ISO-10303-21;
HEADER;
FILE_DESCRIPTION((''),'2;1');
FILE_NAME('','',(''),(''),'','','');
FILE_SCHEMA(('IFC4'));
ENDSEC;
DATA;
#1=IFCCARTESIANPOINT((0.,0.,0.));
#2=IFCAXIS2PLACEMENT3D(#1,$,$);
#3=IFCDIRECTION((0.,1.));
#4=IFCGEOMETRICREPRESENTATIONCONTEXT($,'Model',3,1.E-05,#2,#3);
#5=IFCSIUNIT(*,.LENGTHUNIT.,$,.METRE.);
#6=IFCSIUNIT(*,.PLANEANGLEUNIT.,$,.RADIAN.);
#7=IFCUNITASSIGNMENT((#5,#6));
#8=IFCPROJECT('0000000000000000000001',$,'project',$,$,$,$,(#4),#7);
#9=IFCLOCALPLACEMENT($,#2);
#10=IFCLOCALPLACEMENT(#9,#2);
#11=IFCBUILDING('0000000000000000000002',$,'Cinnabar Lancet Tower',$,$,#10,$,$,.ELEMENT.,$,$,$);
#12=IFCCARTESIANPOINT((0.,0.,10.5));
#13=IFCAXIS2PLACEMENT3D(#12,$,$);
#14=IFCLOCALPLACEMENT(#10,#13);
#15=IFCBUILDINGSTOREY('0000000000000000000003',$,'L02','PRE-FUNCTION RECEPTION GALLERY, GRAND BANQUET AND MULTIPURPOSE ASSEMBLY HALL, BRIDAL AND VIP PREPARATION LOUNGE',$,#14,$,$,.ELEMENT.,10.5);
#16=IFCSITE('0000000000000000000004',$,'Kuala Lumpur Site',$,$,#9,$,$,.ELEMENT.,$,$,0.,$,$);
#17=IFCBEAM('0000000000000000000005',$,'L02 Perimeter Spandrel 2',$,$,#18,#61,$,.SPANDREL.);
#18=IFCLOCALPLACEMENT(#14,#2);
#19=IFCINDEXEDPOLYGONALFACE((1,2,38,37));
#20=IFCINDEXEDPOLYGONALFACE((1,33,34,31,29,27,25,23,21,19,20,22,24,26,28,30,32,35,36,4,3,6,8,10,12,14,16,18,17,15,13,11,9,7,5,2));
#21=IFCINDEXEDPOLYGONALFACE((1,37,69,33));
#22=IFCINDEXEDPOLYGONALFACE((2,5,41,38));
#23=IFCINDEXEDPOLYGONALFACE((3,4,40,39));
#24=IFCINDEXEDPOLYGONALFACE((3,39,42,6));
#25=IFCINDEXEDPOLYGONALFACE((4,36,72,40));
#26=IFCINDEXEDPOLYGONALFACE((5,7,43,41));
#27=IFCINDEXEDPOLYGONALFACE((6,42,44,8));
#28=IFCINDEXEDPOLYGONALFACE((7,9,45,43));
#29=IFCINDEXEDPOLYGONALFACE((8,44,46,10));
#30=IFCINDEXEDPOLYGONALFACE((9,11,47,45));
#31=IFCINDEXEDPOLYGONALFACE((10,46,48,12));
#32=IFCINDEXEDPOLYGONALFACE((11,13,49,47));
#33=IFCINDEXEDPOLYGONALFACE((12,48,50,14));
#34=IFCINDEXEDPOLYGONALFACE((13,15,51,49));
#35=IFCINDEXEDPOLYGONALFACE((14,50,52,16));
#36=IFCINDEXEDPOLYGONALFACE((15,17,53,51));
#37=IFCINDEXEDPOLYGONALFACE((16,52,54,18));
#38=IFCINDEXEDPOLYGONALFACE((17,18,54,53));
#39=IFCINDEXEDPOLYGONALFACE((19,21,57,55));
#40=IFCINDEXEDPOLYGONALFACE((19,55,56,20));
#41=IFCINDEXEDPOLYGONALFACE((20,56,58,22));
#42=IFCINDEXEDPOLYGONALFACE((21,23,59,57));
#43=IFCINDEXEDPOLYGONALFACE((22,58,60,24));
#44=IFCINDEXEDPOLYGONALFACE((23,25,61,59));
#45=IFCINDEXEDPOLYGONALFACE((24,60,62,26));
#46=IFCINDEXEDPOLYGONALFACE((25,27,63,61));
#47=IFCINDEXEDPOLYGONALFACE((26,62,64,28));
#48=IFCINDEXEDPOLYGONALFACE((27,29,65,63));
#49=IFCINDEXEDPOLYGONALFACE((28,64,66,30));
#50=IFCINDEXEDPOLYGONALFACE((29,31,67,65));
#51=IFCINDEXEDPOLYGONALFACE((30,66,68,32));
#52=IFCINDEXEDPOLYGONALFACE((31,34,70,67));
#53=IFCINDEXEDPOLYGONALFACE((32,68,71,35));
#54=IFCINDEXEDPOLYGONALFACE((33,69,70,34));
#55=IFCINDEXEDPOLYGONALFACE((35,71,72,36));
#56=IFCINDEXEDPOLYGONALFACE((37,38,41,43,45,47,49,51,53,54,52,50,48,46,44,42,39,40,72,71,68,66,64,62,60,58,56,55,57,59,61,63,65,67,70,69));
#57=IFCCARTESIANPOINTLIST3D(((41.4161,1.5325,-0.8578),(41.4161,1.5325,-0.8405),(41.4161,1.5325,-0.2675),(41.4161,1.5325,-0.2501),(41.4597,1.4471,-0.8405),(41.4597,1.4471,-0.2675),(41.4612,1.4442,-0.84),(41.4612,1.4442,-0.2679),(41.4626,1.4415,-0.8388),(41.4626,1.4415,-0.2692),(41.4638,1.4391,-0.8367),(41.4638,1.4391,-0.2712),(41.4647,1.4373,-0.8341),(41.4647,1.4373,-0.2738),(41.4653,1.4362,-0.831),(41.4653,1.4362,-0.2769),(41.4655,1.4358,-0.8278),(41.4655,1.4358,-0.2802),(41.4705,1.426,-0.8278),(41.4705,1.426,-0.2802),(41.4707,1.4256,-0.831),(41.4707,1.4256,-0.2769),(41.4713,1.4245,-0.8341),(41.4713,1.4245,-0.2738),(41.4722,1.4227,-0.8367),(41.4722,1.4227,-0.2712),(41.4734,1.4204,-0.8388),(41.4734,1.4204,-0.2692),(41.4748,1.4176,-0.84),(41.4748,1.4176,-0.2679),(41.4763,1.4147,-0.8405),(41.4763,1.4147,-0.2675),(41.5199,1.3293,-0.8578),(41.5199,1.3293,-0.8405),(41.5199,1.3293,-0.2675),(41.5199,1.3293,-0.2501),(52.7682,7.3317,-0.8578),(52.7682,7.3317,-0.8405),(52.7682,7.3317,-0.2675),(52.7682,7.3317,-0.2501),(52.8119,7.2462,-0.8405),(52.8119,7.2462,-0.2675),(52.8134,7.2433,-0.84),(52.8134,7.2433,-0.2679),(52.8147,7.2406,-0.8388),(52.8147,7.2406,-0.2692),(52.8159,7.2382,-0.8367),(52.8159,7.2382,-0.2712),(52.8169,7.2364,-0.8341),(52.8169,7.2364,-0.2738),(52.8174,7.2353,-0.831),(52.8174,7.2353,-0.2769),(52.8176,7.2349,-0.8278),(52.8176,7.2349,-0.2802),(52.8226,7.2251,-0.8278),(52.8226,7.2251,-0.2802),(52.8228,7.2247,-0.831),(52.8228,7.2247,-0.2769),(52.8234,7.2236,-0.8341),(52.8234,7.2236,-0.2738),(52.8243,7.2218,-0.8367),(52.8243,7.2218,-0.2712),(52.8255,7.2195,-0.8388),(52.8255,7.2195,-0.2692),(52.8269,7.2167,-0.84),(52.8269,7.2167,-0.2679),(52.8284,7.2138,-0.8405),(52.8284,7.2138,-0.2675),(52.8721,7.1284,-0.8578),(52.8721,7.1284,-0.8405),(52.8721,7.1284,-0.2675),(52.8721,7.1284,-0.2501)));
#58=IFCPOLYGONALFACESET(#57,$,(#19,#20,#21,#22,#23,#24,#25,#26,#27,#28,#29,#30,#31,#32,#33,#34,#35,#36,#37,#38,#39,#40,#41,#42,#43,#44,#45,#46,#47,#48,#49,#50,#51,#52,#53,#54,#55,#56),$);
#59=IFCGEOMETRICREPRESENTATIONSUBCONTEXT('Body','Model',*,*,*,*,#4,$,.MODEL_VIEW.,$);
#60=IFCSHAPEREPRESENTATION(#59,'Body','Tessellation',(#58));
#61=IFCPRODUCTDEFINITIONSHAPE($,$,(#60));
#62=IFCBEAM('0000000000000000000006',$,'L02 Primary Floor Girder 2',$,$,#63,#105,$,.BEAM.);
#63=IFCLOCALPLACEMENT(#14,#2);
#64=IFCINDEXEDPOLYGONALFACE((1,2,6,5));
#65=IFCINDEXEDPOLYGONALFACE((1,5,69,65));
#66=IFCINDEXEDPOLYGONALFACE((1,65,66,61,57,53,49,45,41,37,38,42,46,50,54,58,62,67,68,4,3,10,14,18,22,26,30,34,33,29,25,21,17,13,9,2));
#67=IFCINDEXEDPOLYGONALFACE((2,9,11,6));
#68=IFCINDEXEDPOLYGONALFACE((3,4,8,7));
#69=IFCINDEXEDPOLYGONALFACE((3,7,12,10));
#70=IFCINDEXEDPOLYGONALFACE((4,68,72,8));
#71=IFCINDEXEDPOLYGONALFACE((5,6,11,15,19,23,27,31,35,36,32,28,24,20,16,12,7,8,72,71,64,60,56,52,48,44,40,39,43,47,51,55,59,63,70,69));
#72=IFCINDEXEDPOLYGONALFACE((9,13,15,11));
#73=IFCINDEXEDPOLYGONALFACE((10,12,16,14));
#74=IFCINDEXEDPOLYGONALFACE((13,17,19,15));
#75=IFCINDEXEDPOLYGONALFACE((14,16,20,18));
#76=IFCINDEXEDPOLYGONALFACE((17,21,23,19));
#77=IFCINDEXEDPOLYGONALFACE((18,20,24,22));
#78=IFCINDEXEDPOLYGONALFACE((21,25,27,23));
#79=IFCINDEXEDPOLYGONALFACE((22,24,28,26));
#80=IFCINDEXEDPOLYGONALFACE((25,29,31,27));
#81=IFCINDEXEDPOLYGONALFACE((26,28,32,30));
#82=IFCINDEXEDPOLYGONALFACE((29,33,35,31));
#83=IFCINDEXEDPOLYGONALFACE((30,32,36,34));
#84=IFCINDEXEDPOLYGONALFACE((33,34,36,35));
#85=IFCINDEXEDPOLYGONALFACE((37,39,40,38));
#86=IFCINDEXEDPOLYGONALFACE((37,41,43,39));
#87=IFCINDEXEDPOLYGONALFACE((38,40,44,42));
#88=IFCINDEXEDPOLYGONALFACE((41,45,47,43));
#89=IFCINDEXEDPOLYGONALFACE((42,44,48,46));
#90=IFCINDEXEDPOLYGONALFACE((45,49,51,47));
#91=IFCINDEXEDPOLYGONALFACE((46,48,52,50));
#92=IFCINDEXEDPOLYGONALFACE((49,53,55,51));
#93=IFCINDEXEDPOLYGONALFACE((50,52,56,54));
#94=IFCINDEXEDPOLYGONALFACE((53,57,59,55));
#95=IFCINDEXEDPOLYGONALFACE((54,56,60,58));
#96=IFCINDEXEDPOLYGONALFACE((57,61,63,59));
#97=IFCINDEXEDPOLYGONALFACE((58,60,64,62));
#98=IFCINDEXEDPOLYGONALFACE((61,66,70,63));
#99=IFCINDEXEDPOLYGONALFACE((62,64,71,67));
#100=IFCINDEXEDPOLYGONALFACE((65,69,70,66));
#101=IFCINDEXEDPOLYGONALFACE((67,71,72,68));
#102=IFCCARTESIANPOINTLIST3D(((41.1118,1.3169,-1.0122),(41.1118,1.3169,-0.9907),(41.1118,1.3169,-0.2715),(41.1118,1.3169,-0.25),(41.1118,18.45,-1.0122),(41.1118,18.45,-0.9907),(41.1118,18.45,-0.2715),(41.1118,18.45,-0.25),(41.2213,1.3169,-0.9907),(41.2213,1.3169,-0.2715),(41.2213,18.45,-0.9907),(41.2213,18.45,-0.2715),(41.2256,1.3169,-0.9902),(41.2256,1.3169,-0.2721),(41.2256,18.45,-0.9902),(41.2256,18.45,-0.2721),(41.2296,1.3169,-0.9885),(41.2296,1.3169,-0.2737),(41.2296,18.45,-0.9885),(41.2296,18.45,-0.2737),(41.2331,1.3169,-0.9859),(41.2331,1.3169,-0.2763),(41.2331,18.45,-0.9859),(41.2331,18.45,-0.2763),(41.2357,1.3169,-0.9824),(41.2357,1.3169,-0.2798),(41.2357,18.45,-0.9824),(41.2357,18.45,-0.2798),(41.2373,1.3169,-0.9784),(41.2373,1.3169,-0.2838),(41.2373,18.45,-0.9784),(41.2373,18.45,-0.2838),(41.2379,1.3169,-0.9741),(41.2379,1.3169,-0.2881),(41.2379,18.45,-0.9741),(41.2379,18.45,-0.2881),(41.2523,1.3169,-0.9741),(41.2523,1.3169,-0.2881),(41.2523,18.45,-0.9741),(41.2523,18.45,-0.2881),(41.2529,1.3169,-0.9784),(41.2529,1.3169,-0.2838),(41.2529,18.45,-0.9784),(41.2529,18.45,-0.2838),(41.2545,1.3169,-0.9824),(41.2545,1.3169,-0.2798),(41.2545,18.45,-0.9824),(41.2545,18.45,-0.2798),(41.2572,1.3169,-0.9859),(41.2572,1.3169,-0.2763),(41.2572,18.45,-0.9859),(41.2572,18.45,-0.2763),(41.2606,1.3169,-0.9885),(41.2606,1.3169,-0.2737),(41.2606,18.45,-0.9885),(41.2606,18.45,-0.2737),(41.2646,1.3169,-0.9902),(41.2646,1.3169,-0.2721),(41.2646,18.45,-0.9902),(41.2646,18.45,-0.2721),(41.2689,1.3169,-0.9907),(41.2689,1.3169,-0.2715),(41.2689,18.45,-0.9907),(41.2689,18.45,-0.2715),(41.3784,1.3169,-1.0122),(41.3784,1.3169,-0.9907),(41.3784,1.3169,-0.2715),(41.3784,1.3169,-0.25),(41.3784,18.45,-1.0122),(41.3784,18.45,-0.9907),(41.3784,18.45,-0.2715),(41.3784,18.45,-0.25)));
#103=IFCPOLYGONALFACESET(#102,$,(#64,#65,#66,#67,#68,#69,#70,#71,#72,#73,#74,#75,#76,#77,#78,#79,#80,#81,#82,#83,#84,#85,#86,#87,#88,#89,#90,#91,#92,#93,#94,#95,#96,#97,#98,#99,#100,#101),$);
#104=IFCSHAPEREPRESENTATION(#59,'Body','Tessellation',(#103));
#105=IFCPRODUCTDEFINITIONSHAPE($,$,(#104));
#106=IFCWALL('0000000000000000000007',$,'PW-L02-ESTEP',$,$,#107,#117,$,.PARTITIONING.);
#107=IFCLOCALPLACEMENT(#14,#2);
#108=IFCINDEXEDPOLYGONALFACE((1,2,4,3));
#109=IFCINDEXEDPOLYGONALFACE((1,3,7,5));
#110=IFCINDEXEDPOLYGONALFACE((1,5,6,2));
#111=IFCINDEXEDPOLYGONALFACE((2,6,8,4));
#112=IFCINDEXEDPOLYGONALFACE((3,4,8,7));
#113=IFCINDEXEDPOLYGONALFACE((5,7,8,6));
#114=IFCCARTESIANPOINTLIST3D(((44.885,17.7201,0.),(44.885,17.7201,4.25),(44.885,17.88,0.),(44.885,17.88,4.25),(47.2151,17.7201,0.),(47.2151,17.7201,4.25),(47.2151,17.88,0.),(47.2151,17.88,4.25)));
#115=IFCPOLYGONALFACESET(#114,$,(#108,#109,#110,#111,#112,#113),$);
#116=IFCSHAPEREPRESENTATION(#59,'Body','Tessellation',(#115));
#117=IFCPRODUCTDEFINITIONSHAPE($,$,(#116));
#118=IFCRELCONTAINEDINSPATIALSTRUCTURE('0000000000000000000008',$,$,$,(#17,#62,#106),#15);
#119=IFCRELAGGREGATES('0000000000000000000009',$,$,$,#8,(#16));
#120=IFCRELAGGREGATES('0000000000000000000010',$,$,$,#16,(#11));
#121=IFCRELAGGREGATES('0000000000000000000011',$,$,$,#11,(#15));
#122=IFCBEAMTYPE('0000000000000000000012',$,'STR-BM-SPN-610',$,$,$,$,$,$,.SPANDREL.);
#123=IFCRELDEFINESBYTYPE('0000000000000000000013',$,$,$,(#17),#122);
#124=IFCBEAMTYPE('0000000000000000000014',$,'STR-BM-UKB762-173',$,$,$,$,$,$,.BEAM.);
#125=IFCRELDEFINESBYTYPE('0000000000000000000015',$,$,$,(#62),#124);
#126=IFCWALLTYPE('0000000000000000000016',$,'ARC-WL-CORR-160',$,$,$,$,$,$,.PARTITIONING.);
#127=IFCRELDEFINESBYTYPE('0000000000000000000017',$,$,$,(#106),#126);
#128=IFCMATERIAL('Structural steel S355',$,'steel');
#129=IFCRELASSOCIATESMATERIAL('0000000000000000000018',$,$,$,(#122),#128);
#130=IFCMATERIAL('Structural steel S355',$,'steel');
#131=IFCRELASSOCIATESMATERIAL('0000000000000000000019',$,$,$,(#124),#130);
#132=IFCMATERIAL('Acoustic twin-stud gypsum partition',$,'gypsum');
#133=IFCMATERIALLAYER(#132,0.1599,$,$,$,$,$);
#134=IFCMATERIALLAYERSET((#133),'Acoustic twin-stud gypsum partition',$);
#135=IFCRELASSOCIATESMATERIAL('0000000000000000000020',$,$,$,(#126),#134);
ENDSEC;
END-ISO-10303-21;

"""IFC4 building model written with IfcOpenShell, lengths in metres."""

from ifc_helpers import new_model, si_unit, direction, frame, frame_2d, origin, origin_2d, place, context, subcontext, project, spatial, rectangle, i_section, extrude, material, layer, layer_set, material_profile, profile_set, type_object, element, save


model = new_model("IFC4")

# Units and contexts
model_context = context("Model", 3, precision=1e-05, world=origin(), true_north=direction((0.0, 1.0)))
body_context = subcontext(model_context, "Body", "Model", "MODEL_VIEW")
ifc_project = project(units=[si_unit("LENGTHUNIT", "METRE"), si_unit("PLANEANGLEUNIT", "RADIAN")], contexts=[model_context])

# Site, building, storey
site_placement = place(None, origin())
site = spatial("IfcSite", under=ifc_project, at=site_placement, Name="Kuala Lumpur Site", CompositionType="ELEMENT", RefElevation=0.0)
building_placement = place(site_placement, origin())
building = spatial("IfcBuilding", under=site, at=building_placement, Name="Cinnabar Lancet Tower", CompositionType="ELEMENT")
storey_placement = place(building_placement, frame((0.0, 0.0, 10.5)))
storey = spatial("IfcBuildingStorey", under=building, at=storey_placement, Name="L02", Description="PRE-FUNCTION RECEPTION GALLERY, GRAND BANQUET AND MULTIPURPOSE ASSEMBLY HALL, BRIDAL AND VIP PREPARATION LOUNGE", CompositionType="ELEMENT", Elevation=10.5)

# Beams
ifc_material_1 = material(Name="Structural steel S355", Category="steel")
ifc_material_profile_1 = material_profile(ifc_material_1, i_section(OverallWidth=0.2283, OverallDepth=0.6077, WebThickness=0.011, FlangeThickness=0.0173, FilletRadius=0.0127, at=origin_2d()), Name="UKB 610x229x113")
ifc_profile_set_1 = profile_set([ifc_material_profile_1], Name="Structural steel S355")
beam_type_1 = type_object("IfcBeamType", Name="STR-BM-SPN-610", PredefinedType="SPANDREL", material=ifc_profile_set_1)
beam_1_placement = place(storey_placement, frame((41.468, 1.4309, -0.554), z_axis=(0.890533, 0.454919, 0.0), x_axis=(-0.454919, 0.890533, 0.0)))
element("IfcBeam", 1, at=beam_1_placement, inside=storey, type_object=beam_type_1, Name="L02 Perimeter Spandrel 2", PredefinedType="SPANDREL", context=body_context, shape_type="SweptSolid", body=[
    extrude(i_section(OverallWidth=0.2283, OverallDepth=0.6077, WebThickness=0.011, FlangeThickness=0.0173, FilletRadius=0.0127, at=origin_2d()), origin(), (0.0, 0.0, 1.0), 12.7476),
])
ifc_material_2 = material(Name="Structural steel S355", Category="steel")
ifc_material_profile_2 = material_profile(ifc_material_2, i_section(OverallWidth=0.2666, OverallDepth=0.7622, WebThickness=0.0144, FlangeThickness=0.0215, FilletRadius=0.0166, at=origin_2d()), Name="UKB 762x267x173")
ifc_profile_set_2 = profile_set([ifc_material_profile_2], Name="Structural steel S355")
beam_type_2 = type_object("IfcBeamType", Name="STR-BM-UKB762-173", PredefinedType="BEAM", material=ifc_profile_set_2)
beam_2_placement = place(storey_placement, frame((41.2451, 1.3169, -0.6311), z_axis=(0.0, 1.0, 0.0), x_axis=(-1.0, 0.0, 0.0)))
element("IfcBeam", 2, at=beam_2_placement, inside=storey, type_object=beam_type_2, Name="L02 Primary Floor Girder 2", PredefinedType="BEAM", context=body_context, shape_type="SweptSolid", body=[
    extrude(i_section(OverallWidth=0.2666, OverallDepth=0.7622, WebThickness=0.0144, FlangeThickness=0.0215, FilletRadius=0.0166, at=origin_2d()), origin(), (0.0, 0.0, 1.0), 17.1331),
])

# Wall
ifc_material_3 = material(Name="Acoustic twin-stud gypsum partition", Category="gypsum")
ifc_layer_1 = layer(ifc_material_3, 0.1599)
ifc_layer_set_1 = layer_set([ifc_layer_1], Name="Acoustic twin-stud gypsum partition")
wall_type_1 = type_object("IfcWallType", Name="ARC-WL-CORR-160", PredefinedType="PARTITIONING", material=ifc_layer_set_1)
wall_1_placement = place(storey_placement, frame((44.885, 17.8, 0.0), z_axis=(0.0, 0.0, 1.0), x_axis=(1.0, 0.0, 0.0)))
element("IfcWall", 3, at=wall_1_placement, inside=storey, type_object=wall_type_1, Name="PW-L02-ESTEP", PredefinedType="PARTITIONING", context=body_context, shape_type="SweptSolid", body=[
    extrude(rectangle(XDim=2.3301, YDim=0.1599, at=frame_2d((1.165, 0.0))), origin(), (0.0, 0.0, 1.0), 4.25),
])

save(model, "model.ifc")
